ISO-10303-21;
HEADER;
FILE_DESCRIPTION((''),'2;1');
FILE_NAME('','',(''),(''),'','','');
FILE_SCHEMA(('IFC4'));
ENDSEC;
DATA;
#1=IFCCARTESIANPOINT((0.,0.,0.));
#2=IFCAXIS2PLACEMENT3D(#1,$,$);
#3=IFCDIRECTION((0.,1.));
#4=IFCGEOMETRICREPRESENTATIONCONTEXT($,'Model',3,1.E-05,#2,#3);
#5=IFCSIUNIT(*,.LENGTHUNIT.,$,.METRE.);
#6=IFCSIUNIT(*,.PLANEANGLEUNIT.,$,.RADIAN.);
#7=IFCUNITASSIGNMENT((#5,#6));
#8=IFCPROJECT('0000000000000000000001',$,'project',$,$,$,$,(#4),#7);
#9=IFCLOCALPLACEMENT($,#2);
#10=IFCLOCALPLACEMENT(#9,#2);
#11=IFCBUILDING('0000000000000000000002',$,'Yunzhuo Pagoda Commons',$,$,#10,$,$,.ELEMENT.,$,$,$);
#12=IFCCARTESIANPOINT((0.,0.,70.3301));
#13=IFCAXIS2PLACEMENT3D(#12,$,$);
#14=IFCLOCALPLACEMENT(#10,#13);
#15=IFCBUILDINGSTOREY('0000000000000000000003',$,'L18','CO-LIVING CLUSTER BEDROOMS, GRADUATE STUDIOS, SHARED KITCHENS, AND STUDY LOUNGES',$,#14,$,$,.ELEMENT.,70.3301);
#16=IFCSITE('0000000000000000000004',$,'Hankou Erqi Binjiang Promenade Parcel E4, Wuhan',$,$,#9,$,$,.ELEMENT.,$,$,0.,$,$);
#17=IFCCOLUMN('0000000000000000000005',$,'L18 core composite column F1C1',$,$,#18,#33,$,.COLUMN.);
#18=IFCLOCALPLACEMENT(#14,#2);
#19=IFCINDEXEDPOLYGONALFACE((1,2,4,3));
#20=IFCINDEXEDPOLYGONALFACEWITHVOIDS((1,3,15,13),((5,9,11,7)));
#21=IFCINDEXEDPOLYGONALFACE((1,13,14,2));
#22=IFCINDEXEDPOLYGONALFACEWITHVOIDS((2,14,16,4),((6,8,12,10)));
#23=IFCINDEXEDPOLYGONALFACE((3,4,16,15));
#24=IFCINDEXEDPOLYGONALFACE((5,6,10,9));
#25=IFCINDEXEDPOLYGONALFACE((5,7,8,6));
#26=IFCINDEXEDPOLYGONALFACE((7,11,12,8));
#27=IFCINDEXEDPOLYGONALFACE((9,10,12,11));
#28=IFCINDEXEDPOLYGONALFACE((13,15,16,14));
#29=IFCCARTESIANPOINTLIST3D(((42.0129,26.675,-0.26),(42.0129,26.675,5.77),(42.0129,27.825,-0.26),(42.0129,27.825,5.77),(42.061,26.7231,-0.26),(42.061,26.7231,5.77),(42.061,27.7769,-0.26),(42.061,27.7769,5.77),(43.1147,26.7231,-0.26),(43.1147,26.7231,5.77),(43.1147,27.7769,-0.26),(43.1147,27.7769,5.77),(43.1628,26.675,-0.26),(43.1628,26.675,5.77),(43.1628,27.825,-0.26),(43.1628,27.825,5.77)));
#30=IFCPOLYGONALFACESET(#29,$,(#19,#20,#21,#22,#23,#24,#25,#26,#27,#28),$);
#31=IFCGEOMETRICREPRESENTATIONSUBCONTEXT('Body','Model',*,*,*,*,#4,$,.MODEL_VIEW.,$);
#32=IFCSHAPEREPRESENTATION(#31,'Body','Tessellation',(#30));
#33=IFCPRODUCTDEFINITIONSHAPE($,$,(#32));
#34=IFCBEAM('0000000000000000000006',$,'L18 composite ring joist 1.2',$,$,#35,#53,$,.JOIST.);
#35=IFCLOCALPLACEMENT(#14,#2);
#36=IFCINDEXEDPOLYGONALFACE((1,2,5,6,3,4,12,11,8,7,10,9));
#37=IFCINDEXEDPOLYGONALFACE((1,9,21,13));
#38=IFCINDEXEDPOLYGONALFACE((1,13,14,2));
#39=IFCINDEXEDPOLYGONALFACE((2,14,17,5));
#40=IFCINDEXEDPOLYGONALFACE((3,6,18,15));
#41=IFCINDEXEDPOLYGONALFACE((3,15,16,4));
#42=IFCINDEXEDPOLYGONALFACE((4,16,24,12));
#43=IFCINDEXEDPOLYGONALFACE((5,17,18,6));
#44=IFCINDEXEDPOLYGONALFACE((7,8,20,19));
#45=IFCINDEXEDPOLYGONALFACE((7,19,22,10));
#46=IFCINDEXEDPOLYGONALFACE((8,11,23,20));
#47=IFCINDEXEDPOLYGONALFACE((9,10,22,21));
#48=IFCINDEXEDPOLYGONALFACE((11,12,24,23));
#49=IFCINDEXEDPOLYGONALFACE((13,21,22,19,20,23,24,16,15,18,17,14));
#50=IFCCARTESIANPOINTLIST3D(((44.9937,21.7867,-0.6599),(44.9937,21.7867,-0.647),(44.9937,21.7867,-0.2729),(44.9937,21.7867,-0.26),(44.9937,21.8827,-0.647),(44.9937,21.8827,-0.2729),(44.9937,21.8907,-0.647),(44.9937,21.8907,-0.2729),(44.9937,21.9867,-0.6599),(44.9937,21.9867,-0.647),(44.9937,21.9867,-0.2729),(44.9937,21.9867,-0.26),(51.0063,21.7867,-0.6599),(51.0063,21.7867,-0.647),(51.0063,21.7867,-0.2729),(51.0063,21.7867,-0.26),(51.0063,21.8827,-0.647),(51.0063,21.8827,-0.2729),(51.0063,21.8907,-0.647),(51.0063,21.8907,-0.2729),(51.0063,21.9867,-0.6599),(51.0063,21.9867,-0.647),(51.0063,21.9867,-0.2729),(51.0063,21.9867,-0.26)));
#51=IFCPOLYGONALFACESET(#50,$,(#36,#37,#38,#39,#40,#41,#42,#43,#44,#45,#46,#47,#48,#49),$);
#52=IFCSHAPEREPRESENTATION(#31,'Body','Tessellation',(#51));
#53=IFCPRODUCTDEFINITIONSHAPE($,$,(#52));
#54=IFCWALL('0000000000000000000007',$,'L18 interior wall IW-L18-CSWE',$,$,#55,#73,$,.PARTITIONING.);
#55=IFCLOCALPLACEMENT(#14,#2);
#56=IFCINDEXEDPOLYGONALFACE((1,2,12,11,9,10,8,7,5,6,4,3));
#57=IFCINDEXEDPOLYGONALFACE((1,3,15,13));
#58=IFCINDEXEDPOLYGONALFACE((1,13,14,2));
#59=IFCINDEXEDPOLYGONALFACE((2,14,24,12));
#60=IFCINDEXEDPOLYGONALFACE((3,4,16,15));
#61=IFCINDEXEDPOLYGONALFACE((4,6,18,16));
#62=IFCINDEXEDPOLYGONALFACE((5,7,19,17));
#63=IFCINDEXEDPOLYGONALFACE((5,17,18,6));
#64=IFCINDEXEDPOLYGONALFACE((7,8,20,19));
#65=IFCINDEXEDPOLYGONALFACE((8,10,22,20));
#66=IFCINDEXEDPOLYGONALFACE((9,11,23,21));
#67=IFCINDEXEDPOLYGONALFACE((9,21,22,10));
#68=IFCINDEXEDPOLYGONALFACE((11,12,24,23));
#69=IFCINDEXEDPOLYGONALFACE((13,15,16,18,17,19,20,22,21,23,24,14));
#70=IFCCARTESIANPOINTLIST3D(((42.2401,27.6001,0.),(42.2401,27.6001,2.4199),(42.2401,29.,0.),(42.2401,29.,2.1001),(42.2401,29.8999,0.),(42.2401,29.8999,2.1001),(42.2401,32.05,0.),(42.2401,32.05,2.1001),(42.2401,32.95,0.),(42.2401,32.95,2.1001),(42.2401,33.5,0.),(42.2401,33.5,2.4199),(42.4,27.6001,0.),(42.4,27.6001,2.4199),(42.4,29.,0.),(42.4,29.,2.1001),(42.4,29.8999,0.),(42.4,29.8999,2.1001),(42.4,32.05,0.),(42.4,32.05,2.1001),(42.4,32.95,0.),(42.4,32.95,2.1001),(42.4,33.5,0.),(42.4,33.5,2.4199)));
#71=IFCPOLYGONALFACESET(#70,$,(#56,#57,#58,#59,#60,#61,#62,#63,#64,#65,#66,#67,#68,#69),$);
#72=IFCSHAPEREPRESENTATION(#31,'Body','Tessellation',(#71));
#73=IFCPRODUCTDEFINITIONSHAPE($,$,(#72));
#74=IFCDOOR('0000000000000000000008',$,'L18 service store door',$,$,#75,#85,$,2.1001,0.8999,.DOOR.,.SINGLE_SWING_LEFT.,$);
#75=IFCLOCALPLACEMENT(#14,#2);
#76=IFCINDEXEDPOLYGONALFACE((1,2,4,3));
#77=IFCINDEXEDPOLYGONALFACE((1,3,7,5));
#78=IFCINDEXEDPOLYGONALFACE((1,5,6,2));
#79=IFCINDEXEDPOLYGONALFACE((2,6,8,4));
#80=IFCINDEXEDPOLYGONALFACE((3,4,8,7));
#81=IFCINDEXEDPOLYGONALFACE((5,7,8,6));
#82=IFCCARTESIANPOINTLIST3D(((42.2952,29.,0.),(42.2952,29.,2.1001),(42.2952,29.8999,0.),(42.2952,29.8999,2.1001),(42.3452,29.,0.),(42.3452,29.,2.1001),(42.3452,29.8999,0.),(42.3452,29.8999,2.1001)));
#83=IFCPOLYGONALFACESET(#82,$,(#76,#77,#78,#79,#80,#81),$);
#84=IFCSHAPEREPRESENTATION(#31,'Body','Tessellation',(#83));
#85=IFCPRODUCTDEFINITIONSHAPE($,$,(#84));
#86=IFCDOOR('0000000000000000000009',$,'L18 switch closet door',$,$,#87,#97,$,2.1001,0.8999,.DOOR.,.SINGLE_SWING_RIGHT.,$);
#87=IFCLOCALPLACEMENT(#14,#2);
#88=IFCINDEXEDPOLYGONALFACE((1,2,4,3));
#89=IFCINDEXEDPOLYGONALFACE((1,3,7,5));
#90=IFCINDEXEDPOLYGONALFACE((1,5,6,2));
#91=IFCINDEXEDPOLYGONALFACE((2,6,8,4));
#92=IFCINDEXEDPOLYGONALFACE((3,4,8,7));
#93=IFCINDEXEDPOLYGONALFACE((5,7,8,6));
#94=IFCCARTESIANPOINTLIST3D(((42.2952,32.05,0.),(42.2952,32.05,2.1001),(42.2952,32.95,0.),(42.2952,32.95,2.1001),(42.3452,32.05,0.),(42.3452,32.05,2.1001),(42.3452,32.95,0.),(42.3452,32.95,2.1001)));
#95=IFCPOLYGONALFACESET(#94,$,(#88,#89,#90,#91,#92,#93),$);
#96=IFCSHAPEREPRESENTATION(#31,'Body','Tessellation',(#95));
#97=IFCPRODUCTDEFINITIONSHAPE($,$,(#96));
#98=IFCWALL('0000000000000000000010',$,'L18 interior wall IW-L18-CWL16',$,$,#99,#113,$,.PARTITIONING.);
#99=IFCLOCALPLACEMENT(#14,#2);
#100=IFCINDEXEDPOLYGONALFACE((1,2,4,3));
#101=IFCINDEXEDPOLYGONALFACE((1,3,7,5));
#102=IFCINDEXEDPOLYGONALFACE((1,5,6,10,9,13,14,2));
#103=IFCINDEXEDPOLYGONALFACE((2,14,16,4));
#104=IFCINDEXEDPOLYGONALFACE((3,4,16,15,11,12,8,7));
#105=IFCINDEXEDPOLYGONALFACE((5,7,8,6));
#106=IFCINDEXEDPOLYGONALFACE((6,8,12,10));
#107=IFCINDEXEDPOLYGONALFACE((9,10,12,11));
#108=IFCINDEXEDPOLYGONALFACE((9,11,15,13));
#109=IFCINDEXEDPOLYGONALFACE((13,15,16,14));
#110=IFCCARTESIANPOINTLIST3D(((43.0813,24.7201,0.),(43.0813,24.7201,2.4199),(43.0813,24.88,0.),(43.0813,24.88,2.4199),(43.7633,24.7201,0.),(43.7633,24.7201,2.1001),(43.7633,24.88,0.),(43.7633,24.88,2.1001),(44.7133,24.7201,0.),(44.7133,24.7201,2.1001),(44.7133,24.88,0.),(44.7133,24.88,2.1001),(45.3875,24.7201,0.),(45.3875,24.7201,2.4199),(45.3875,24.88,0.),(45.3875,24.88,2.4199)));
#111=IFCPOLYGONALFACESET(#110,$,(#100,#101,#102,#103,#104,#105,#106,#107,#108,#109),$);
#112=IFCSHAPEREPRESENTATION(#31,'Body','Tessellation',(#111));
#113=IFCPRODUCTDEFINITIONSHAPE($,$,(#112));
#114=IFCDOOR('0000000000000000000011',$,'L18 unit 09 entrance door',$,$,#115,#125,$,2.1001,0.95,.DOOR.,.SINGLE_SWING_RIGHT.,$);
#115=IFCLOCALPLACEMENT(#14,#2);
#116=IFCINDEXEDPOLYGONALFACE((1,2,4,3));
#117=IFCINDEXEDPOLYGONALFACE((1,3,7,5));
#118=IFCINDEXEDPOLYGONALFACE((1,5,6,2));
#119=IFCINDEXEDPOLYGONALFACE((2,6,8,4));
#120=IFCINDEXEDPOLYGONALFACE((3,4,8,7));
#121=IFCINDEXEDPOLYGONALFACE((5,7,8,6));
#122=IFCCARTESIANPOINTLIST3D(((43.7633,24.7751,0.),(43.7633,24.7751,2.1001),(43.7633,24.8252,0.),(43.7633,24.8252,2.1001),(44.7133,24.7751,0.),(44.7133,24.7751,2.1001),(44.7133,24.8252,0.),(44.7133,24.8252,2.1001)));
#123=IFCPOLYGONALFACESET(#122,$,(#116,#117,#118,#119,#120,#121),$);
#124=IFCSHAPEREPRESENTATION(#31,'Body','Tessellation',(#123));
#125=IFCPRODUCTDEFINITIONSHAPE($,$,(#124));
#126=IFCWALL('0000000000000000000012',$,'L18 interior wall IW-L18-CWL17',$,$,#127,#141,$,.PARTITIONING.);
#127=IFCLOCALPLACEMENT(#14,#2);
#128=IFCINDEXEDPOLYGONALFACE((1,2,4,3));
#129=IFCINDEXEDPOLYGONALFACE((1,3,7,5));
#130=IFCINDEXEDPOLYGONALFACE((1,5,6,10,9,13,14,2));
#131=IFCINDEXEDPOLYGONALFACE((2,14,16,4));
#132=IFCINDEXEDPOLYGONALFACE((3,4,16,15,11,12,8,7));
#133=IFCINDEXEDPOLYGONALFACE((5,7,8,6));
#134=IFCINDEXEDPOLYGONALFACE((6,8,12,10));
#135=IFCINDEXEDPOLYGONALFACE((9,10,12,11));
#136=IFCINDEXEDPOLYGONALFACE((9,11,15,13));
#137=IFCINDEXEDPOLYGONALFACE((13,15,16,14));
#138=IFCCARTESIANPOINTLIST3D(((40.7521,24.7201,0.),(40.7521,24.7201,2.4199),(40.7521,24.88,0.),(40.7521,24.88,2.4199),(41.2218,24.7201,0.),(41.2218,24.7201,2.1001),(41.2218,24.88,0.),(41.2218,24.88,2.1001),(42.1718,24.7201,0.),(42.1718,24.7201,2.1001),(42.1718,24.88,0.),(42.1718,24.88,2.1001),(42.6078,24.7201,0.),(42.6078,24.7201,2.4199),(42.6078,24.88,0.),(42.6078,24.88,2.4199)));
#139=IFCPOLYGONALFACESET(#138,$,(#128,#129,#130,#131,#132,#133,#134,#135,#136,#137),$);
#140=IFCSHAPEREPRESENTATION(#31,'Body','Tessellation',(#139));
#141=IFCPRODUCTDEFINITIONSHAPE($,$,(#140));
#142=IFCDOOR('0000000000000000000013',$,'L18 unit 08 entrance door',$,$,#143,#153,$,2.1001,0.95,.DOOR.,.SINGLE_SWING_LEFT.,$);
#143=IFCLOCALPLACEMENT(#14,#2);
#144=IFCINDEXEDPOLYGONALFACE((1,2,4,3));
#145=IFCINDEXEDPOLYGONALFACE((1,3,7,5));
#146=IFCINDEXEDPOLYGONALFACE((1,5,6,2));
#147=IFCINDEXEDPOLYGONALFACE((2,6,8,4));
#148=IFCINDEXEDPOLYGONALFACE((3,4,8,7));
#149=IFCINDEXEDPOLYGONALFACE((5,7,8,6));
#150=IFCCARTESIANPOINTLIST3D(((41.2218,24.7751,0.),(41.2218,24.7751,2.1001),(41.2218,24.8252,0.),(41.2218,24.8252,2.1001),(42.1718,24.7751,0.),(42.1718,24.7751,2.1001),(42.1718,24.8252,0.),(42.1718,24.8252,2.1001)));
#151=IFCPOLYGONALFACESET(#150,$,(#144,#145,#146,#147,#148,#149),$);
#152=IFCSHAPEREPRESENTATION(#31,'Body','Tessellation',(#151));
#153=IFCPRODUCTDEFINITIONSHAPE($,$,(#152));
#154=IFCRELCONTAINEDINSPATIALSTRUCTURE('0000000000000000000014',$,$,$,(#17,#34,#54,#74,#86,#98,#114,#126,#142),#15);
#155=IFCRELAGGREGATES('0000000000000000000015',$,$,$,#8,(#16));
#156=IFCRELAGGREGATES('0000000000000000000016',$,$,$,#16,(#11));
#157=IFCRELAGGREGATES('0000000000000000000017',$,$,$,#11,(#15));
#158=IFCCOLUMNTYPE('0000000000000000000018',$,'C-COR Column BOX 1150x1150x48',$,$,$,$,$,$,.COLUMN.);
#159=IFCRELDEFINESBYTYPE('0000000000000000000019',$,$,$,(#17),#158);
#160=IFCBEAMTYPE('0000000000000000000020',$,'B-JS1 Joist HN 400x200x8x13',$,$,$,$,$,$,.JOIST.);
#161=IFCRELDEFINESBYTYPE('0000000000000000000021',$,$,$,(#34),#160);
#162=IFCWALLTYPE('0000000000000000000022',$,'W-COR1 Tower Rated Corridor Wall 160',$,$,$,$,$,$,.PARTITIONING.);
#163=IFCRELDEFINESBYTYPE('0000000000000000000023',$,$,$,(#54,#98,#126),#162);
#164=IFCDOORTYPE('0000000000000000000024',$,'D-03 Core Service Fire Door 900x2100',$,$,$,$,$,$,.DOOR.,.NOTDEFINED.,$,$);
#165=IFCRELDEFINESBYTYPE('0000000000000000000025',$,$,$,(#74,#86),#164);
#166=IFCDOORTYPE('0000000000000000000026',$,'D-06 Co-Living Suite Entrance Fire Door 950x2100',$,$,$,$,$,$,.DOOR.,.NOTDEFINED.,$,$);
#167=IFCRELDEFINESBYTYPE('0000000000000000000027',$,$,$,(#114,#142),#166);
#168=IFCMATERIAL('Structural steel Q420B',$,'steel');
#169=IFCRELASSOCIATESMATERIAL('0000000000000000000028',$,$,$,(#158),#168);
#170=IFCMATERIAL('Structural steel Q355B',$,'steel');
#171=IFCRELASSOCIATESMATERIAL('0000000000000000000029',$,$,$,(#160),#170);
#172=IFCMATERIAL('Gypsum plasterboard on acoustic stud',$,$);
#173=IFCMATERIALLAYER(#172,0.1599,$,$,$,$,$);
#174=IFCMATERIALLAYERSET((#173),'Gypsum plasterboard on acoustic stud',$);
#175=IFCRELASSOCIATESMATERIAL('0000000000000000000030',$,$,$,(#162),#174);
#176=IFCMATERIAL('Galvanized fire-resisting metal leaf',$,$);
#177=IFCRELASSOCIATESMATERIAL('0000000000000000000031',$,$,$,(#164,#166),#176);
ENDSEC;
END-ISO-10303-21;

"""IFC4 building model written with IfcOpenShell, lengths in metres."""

from ifc_helpers import new_model, si_unit, direction, frame, frame_2d, origin, origin_with_axes, origin_2d, place, context, subcontext, project, spatial, rectangle, hollow_rectangle, i_section, extrude, source, transform, mapped, material, layer, layer_set, material_profile, profile_set, type_object, element, fill, save


model = new_model("IFC4")

# Units and contexts
model_context = context("Model", 3, precision=1e-05, world=origin(), true_north=direction((0.0, 1.0)))
body_context = subcontext(model_context, "Body", "Model", "MODEL_VIEW")
ifc_project = project(units=[si_unit("LENGTHUNIT", "METRE"), si_unit("PLANEANGLEUNIT", "RADIAN")], contexts=[model_context])

# Site, building, storey
site_placement = place(None, origin())
site = spatial("IfcSite", under=ifc_project, at=site_placement, Name="Hankou Erqi Binjiang Promenade Parcel E4, Wuhan", CompositionType="ELEMENT", RefElevation=0.0)
building_placement = place(site_placement, origin())
building = spatial("IfcBuilding", under=site, at=building_placement, Name="Yunzhuo Pagoda Commons", CompositionType="ELEMENT")
storey_placement = place(building_placement, frame((0.0, 0.0, 70.3301)))
storey = spatial("IfcBuildingStorey", under=building, at=storey_placement, Name="L18", Description="CO-LIVING CLUSTER BEDROOMS, GRADUATE STUDIOS, SHARED KITCHENS, AND STUDY LOUNGES", CompositionType="ELEMENT", Elevation=70.3301)

# Column
ifc_material_1 = material(Name="Structural steel Q420B", Category="steel")
ifc_material_profile_1 = material_profile(ifc_material_1, hollow_rectangle(XDim=1.1499, YDim=1.1499, WallThickness=0.0481, at=origin_2d()), Name="Structural steel Q420B")
ifc_profile_set_1 = profile_set([ifc_material_profile_1], Name="Structural steel Q420B")
column_type = type_object("IfcColumnType", Name="C-COR Column BOX 1150x1150x48", PredefinedType="COLUMN", material=ifc_profile_set_1)
shared_shape_1 = source(origin(), body_context, "Body", "SweptSolid", [
    extrude(hollow_rectangle(XDim=1.1499, YDim=1.1499, WallThickness=0.0481, at=origin_2d()), origin(), (0.0, 0.0, 1.0), 6.03),
])
column_placement = place(storey_placement, frame((42.5879, 27.25, -0.26), z_axis=(0.0, 0.0, 1.0), x_axis=(1.0, 0.0, 0.0)))
element("IfcColumn", 1, at=column_placement, inside=storey, type_object=column_type, Name="L18 core composite column F1C1", PredefinedType="COLUMN", context=body_context, shape_type="MappedRepresentation", body=[
    mapped(shared_shape_1, transform((0.0, 0.0, 0.0), scale=1.0)),
])

# Beam
ifc_material_2 = material(Name="Structural steel Q355B", Category="steel")
ifc_material_profile_2 = material_profile(ifc_material_2, i_section(OverallWidth=0.2, OverallDepth=0.3999, WebThickness=0.0081, FlangeThickness=0.0129, at=origin_2d()), Name="Structural steel Q355B")
ifc_profile_set_2 = profile_set([ifc_material_profile_2], Name="Structural steel Q355B")
beam_type = type_object("IfcBeamType", Name="B-JS1 Joist HN 400x200x8x13", PredefinedType="JOIST", material=ifc_profile_set_2)
shared_shape_2 = source(origin(), body_context, "Body", "SweptSolid", [
    extrude(i_section(OverallWidth=0.2, OverallDepth=0.3999, WebThickness=0.0081, FlangeThickness=0.0129, at=origin_2d()), origin(), (0.0, 0.0, 1.0), 6.0127),
])
beam_placement = place(storey_placement, frame((44.9937, 21.8867, -0.46), z_axis=(1.0, 0.0, 0.0), x_axis=(0.0, 1.0, 0.0)))
element("IfcBeam", 2, at=beam_placement, inside=storey, type_object=beam_type, Name="L18 composite ring joist 1.2", PredefinedType="JOIST", context=body_context, shape_type="MappedRepresentation", body=[
    mapped(shared_shape_2, transform((0.0, 0.0, 0.0), scale=1.0)),
])

# Wall, openings, doors
ifc_material_3 = material(Name="Gypsum plasterboard on acoustic stud")
ifc_layer_1 = layer(ifc_material_3, 0.1599)
ifc_layer_set_1 = layer_set([ifc_layer_1], Name="Gypsum plasterboard on acoustic stud")
wall_type_1 = type_object("IfcWallType", Name="W-COR1 Tower Rated Corridor Wall 160", PredefinedType="PARTITIONING", material=ifc_layer_set_1)
wall_1_placement = place(storey_placement, frame((42.3201, 27.6001, 0.0), z_axis=(0.0, 0.0, 1.0), x_axis=(0.0, 1.0, 0.0)))
wall_1 = element("IfcWall", 3, at=wall_1_placement, inside=storey, type_object=wall_type_1, Name="L18 interior wall IW-L18-CSWE", PredefinedType="PARTITIONING", context=body_context, shape_type="SweptSolid", body=[
    extrude(rectangle(XDim=5.8999, YDim=0.1599, at=frame_2d((2.95, 0.0))), origin(), (0.0, 0.0, 1.0), 2.4199),
])
opening_1_placement = place(wall_1_placement, frame((1.3999, 0.0, 0.0)))
opening_1 = element("IfcOpeningElement", 4, at=opening_1_placement, cuts=wall_1, PredefinedType="OPENING", context=body_context, shape_type="SweptSolid", body=[
    extrude(rectangle(XDim=0.8999, YDim=2.1001, at=frame_2d((0.45, 1.05))), frame((0.0, 0.0898, 0.0), z_axis=(0.0, -1.0, 0.0), x_axis=(1.0, 0.0, 0.0)), (0.0, 0.0, 1.0), 0.1799),
])
opening_2_placement = place(wall_1_placement, frame((4.45, 0.0, 0.0)))
opening_2 = element("IfcOpeningElement", 5, at=opening_2_placement, cuts=wall_1, PredefinedType="OPENING", context=body_context, shape_type="SweptSolid", body=[
    extrude(rectangle(XDim=0.8999, YDim=2.1001, at=frame_2d((0.45, 1.05))), frame((0.0, 0.0898, 0.0), z_axis=(0.0, -1.0, 0.0), x_axis=(1.0, 0.0, 0.0)), (0.0, 0.0, 1.0), 0.1799),
])
ifc_material_4 = material(Name="Galvanized fire-resisting metal leaf")
door_type_1 = type_object("IfcDoorType", Name="D-03 Core Service Fire Door 900x2100", OperationType="NOTDEFINED", PredefinedType="DOOR", material=ifc_material_4)
shared_shape_3 = source(origin(), body_context, "Body", "SweptSolid", [
    extrude(rectangle(XDim=0.8999, YDim=2.1001, at=frame_2d((0.45, 1.05))), frame((0.0, 0.0249, 0.0), z_axis=(0.0, -1.0, 0.0), x_axis=(1.0, 0.0, 0.0)), (0.0, 0.0, 1.0), 0.05),
])
door_1_placement = place(opening_1_placement, origin_with_axes())
door_1 = element("IfcDoor", 6, at=door_1_placement, inside=storey, type_object=door_type_1, Name="L18 service store door", OperationType="SINGLE_SWING_LEFT", OverallHeight=2.1001, OverallWidth=0.8999, PredefinedType="DOOR", context=body_context, shape_type="MappedRepresentation", body=[
    mapped(shared_shape_3, transform((0.0, 0.0, 0.0), scale=1.0)),
])
fill(opening_1, door_1)
door_2_placement = place(opening_2_placement, origin_with_axes())
door_2 = element("IfcDoor", 7, at=door_2_placement, inside=storey, type_object=door_type_1, Name="L18 switch closet door", OperationType="SINGLE_SWING_RIGHT", OverallHeight=2.1001, OverallWidth=0.8999, PredefinedType="DOOR", context=body_context, shape_type="MappedRepresentation", body=[
    mapped(shared_shape_3, transform((0.0, 0.0, 0.0), scale=1.0)),
])
fill(opening_2, door_2)

# Walls, openings, doors
wall_2_placement = place(storey_placement, frame((45.3875, 24.8, 0.0), z_axis=(0.0, 0.0, 1.0), x_axis=(-1.0, 0.0, 0.0)))
wall_2 = element("IfcWall", 8, at=wall_2_placement, inside=storey, type_object=wall_type_1, Name="L18 interior wall IW-L18-CWL16", PredefinedType="PARTITIONING", context=body_context, shape_type="SweptSolid", body=[
    extrude(rectangle(XDim=2.3062, YDim=0.1599, at=frame_2d((1.1531, 0.0))), origin(), (0.0, 0.0, 1.0), 2.4199),
])
opening_3_placement = place(wall_2_placement, frame((0.6741, 0.0, 0.0)))
opening_3 = element("IfcOpeningElement", 9, at=opening_3_placement, cuts=wall_2, PredefinedType="OPENING", context=body_context, shape_type="SweptSolid", body=[
    extrude(rectangle(XDim=0.95, YDim=2.1001, at=frame_2d((0.4751, 1.05))), frame((0.0, 0.0898, 0.0), z_axis=(0.0, -1.0, 0.0), x_axis=(1.0, 0.0, 0.0)), (0.0, 0.0, 1.0), 0.1799),
])
door_type_2 = type_object("IfcDoorType", Name="D-06 Co-Living Suite Entrance Fire Door 950x2100", OperationType="NOTDEFINED", PredefinedType="DOOR", material=ifc_material_4)
shared_shape_4 = source(origin(), body_context, "Body", "SweptSolid", [
    extrude(rectangle(XDim=0.95, YDim=2.1001, at=frame_2d((0.4751, 1.05))), frame((0.0, 0.0249, 0.0), z_axis=(0.0, -1.0, 0.0), x_axis=(1.0, 0.0, 0.0)), (0.0, 0.0, 1.0), 0.05),
])
door_3_placement = place(opening_3_placement, origin_with_axes())
door_3 = element("IfcDoor", 10, at=door_3_placement, inside=storey, type_object=door_type_2, Name="L18 unit 09 entrance door", OperationType="SINGLE_SWING_RIGHT", OverallHeight=2.1001, OverallWidth=0.95, PredefinedType="DOOR", context=body_context, shape_type="MappedRepresentation", body=[
    mapped(shared_shape_4, transform((0.0, 0.0, 0.0), scale=1.0)),
])
fill(opening_3, door_3)
wall_3_placement = place(storey_placement, frame((42.6077, 24.8, 0.0), z_axis=(0.0, 0.0, 1.0), x_axis=(-1.0, 0.0, 0.0)))
wall_3 = element("IfcWall", 11, at=wall_3_placement, inside=storey, type_object=wall_type_1, Name="L18 interior wall IW-L18-CWL17", PredefinedType="PARTITIONING", context=body_context, shape_type="SweptSolid", body=[
    extrude(rectangle(XDim=1.8557, YDim=0.1599, at=frame_2d((0.9277, 0.0))), origin(), (0.0, 0.0, 1.0), 2.4199),
])
opening_4_placement = place(wall_3_placement, frame((0.4358, 0.0, 0.0)))
opening_4 = element("IfcOpeningElement", 12, at=opening_4_placement, cuts=wall_3, PredefinedType="OPENING", context=body_context, shape_type="SweptSolid", body=[
    extrude(rectangle(XDim=0.95, YDim=2.1001, at=frame_2d((0.4751, 1.05))), frame((0.0, 0.0898, 0.0), z_axis=(0.0, -1.0, 0.0), x_axis=(1.0, 0.0, 0.0)), (0.0, 0.0, 1.0), 0.1799),
])
door_4_placement = place(opening_4_placement, origin_with_axes())
door_4 = element("IfcDoor", 13, at=door_4_placement, inside=storey, type_object=door_type_2, Name="L18 unit 08 entrance door", OperationType="SINGLE_SWING_LEFT", OverallHeight=2.1001, OverallWidth=0.95, PredefinedType="DOOR", context=body_context, shape_type="MappedRepresentation", body=[
    mapped(shared_shape_4, transform((0.0, 0.0, 0.0), scale=1.0)),
])
fill(opening_4, door_4)

save(model, "model.ifc")
